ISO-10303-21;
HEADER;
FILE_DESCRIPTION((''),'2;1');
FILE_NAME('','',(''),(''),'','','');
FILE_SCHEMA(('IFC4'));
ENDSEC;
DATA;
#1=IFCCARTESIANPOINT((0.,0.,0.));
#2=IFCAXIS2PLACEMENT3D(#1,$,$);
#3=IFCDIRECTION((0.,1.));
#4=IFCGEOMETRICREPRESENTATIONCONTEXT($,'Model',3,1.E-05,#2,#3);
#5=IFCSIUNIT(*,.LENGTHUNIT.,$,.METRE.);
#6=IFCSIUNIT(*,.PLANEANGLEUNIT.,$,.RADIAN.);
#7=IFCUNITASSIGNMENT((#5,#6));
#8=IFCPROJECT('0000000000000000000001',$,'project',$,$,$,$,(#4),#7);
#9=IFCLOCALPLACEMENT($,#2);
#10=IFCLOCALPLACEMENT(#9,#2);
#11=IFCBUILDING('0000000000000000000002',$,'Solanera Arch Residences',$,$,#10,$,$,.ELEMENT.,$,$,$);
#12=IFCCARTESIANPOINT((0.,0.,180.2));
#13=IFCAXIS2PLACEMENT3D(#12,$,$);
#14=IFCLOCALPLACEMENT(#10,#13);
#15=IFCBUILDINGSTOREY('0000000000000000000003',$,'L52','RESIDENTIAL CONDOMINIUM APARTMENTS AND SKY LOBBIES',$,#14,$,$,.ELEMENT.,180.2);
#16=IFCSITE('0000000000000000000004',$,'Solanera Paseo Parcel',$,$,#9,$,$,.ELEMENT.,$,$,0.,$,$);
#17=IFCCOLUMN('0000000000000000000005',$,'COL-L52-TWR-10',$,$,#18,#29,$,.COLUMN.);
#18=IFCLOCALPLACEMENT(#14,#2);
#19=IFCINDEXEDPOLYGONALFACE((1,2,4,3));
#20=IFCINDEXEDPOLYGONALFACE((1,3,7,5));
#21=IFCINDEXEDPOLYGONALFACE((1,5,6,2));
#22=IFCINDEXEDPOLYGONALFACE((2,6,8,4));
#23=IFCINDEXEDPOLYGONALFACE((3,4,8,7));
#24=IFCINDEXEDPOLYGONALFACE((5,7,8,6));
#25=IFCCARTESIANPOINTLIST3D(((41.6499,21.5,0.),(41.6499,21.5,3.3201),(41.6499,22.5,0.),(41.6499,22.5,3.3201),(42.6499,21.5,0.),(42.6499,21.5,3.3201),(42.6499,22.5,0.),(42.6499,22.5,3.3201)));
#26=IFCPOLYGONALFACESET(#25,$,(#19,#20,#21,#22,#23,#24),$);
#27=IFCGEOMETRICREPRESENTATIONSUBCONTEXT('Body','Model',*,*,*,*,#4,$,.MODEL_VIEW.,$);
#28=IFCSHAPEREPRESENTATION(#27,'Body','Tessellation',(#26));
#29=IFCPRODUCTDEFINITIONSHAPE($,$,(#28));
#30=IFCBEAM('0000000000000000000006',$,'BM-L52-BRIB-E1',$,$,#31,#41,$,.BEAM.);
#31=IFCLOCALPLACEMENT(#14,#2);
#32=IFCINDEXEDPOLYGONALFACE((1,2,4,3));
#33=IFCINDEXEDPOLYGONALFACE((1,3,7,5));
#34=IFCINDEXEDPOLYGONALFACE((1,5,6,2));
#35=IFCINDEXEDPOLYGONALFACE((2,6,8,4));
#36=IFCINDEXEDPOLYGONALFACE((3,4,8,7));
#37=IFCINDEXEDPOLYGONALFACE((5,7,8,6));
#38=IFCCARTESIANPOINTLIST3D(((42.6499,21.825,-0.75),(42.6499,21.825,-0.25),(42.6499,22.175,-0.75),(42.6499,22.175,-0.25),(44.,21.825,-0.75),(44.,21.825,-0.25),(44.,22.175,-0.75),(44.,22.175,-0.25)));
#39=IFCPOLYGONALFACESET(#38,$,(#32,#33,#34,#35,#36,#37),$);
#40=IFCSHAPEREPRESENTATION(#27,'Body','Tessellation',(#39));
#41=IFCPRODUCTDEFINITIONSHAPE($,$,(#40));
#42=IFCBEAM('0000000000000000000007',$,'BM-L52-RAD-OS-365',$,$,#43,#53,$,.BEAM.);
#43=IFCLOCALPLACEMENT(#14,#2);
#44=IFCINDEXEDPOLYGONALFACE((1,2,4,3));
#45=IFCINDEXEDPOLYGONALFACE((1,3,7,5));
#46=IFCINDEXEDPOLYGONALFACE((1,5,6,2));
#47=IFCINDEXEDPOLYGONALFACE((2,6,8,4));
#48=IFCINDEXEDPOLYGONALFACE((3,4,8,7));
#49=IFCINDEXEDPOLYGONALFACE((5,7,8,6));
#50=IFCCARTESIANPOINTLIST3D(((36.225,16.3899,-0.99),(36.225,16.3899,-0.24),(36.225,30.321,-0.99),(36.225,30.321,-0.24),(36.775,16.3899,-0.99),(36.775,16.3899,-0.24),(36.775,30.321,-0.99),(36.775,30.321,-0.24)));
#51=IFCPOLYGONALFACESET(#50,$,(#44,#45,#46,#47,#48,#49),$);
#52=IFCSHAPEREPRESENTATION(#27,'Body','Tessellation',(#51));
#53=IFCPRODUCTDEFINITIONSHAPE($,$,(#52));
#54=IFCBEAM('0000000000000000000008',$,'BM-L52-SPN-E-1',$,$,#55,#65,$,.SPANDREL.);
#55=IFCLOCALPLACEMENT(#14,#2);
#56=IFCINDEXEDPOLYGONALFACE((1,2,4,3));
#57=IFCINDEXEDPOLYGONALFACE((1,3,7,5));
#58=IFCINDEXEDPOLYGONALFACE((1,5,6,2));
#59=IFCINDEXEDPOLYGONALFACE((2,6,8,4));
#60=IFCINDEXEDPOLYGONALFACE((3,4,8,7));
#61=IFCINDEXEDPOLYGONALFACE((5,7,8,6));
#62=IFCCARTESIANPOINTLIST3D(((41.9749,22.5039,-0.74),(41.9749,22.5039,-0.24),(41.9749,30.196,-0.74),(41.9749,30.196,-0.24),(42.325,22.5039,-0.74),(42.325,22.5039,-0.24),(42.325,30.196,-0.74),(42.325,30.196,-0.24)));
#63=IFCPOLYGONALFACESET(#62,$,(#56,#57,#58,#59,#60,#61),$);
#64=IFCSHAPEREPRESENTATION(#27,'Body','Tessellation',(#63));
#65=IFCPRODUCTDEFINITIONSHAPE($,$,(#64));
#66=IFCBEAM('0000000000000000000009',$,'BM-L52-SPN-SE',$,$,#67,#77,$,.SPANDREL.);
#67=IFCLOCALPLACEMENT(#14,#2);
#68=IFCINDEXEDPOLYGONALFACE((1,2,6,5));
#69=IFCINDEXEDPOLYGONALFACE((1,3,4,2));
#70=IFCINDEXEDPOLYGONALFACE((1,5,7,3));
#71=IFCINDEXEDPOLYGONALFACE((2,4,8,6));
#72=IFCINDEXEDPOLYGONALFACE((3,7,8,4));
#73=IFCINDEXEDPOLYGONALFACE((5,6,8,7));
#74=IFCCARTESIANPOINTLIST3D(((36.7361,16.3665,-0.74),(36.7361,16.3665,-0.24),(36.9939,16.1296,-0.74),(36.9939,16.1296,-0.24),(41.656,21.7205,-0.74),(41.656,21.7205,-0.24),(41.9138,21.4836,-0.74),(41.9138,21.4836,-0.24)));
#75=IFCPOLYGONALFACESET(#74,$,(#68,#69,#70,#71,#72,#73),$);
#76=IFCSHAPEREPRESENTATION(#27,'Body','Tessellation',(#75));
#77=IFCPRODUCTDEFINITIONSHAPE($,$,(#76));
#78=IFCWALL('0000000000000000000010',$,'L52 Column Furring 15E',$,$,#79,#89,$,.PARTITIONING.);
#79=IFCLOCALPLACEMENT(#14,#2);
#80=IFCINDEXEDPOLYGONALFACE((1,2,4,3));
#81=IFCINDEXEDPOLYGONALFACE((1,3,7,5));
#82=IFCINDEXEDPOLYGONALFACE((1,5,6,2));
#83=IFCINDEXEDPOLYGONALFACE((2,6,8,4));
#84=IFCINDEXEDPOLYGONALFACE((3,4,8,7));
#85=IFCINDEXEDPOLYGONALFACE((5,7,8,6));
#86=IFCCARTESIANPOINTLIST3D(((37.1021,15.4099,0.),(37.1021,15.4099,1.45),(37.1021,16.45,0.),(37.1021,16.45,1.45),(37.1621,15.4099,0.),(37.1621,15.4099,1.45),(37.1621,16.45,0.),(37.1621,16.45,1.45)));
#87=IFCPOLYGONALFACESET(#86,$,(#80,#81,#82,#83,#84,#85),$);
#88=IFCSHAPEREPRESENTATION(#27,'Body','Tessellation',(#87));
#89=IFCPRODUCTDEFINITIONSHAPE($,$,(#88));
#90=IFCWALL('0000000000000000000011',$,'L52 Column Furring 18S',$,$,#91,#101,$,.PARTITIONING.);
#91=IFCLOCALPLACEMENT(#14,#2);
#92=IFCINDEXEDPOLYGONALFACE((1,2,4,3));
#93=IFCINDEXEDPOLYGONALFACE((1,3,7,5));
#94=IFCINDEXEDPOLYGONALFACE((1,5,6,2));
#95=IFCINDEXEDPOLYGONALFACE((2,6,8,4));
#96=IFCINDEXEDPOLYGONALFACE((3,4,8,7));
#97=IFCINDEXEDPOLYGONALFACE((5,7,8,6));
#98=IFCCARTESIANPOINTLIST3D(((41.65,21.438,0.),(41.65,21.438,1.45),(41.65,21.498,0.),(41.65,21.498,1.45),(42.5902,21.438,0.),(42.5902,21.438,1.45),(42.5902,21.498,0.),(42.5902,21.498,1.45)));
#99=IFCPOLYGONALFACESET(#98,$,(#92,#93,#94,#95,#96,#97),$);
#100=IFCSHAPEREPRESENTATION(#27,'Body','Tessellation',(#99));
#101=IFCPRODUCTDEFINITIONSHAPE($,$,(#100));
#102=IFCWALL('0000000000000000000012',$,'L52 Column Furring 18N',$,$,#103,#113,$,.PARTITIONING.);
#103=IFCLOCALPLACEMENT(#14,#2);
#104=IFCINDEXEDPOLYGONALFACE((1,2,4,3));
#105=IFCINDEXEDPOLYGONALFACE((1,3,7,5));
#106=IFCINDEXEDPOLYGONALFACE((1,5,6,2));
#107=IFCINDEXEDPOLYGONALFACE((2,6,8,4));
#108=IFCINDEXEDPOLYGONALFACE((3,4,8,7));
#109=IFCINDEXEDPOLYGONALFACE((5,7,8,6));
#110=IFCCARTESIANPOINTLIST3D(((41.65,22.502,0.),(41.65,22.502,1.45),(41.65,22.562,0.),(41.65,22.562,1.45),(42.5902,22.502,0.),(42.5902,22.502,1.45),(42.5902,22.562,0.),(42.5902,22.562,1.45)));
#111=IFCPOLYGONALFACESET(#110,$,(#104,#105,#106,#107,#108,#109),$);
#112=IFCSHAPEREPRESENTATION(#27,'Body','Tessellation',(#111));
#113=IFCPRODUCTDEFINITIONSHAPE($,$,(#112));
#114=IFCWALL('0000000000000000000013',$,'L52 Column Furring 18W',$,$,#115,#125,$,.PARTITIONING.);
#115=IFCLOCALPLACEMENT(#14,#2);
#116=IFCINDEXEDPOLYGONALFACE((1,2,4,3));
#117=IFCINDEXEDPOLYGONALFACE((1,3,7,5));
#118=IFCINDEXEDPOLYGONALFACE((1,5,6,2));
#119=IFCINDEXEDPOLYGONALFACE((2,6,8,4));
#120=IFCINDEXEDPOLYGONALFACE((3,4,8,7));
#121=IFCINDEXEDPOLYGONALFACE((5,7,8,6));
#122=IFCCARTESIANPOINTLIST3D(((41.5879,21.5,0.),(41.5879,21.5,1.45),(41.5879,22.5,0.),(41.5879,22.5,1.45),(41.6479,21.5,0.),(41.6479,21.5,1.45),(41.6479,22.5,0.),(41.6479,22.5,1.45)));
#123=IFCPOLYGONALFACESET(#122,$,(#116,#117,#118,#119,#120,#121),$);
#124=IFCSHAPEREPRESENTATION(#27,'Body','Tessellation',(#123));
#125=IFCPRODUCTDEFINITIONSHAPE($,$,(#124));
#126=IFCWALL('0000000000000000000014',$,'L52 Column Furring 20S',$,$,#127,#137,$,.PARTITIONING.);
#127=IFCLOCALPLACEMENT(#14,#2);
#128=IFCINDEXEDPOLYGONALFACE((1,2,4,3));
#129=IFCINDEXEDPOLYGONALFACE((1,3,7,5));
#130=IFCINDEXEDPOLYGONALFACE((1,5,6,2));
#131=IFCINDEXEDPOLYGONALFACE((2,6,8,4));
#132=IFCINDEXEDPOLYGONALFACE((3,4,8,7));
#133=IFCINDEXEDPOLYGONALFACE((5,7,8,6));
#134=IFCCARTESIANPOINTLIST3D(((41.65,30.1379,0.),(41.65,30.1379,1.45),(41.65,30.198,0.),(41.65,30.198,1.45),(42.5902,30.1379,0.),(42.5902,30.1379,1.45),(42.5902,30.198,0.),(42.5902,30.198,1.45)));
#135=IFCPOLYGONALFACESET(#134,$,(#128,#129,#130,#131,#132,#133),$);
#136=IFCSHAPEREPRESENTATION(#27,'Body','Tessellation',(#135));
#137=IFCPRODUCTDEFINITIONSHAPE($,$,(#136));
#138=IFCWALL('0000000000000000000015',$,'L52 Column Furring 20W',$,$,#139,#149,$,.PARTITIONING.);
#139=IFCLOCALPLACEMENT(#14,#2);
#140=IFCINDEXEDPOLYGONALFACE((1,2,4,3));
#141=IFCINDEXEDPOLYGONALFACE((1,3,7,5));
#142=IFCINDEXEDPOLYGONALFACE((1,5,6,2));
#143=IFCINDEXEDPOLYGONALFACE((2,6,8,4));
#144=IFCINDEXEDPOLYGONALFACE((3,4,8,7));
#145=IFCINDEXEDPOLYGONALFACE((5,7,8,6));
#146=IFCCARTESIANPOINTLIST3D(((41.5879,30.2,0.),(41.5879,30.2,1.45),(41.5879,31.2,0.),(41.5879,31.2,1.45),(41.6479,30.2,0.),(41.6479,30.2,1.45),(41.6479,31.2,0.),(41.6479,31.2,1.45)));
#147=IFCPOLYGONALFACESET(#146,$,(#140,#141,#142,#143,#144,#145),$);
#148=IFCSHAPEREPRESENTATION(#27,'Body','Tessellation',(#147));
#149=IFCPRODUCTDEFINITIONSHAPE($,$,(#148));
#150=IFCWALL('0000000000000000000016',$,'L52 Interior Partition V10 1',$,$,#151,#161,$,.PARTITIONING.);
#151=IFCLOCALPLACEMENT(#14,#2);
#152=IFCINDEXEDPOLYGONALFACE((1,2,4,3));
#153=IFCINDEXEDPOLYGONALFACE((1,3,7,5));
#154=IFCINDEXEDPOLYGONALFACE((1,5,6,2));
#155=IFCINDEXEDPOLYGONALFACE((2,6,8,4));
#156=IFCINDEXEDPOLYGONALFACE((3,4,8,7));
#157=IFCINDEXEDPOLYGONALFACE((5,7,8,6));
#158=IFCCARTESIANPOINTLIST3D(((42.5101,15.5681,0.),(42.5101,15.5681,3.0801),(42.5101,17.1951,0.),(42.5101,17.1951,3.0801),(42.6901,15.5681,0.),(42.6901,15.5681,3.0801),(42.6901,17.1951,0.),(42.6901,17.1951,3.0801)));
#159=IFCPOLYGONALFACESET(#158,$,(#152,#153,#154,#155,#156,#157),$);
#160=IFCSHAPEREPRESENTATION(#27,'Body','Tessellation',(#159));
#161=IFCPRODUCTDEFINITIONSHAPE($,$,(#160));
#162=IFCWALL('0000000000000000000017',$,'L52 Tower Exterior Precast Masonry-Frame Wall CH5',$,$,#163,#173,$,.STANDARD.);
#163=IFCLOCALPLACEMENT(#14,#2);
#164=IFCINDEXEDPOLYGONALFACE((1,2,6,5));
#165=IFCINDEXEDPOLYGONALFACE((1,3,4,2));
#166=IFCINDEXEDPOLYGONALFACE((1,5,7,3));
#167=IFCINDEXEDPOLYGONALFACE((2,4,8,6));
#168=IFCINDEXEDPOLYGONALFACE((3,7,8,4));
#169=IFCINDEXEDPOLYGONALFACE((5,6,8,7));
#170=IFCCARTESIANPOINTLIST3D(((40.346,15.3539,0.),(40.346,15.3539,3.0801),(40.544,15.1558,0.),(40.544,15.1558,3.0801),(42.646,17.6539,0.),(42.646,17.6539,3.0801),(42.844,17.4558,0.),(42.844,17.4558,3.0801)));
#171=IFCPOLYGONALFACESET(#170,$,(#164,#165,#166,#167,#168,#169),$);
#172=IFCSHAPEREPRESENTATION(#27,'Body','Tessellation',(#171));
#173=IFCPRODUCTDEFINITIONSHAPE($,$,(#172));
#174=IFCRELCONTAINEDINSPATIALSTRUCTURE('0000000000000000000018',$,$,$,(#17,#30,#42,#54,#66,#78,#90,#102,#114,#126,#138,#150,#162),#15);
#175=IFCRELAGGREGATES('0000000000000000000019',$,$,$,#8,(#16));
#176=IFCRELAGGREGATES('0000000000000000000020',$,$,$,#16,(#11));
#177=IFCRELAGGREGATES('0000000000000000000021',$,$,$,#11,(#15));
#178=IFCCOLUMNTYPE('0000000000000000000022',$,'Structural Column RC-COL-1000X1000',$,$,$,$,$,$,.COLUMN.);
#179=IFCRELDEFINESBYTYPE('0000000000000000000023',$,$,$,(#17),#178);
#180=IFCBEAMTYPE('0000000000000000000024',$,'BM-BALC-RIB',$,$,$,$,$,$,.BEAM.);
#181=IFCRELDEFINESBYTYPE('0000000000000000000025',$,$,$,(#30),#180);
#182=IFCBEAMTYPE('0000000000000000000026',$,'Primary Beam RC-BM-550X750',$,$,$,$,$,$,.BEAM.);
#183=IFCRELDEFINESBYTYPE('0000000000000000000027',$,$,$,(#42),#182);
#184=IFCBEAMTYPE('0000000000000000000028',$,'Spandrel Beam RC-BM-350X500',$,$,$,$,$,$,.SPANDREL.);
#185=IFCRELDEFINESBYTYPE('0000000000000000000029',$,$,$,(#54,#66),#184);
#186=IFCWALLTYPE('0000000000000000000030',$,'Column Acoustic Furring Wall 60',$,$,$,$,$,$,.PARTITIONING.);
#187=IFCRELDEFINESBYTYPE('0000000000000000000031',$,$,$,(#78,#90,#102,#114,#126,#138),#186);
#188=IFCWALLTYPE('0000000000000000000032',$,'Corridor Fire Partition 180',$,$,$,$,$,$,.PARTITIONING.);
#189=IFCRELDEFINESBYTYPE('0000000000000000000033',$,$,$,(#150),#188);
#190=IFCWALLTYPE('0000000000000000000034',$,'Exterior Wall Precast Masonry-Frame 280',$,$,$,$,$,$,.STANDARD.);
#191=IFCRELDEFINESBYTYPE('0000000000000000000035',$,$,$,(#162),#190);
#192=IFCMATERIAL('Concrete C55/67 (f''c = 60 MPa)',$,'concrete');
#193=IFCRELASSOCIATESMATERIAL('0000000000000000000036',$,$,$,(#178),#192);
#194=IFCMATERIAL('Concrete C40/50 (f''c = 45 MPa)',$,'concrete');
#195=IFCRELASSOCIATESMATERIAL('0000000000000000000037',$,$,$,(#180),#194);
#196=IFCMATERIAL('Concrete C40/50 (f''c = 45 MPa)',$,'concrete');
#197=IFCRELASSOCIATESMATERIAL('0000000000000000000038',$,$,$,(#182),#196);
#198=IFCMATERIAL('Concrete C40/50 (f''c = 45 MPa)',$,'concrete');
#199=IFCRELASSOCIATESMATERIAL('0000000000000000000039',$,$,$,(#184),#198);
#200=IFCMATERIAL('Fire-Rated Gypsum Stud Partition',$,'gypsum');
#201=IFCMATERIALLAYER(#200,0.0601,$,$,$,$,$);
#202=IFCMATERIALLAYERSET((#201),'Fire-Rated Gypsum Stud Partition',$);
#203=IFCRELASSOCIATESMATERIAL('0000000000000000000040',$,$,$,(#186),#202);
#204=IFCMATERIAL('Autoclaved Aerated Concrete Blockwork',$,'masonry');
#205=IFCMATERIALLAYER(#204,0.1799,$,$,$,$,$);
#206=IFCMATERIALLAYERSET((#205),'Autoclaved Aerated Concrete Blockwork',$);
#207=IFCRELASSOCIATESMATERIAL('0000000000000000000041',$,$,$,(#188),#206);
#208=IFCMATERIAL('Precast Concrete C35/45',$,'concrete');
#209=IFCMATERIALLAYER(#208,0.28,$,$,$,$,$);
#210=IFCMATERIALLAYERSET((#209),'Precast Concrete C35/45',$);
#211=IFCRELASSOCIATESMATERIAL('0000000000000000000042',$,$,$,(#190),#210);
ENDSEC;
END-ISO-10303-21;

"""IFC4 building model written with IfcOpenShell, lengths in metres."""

from ifc_helpers import new_model, si_unit, direction, frame, frame_2d, origin, origin_2d, place, context, subcontext, project, spatial, rectangle, extrude, material, layer, layer_set, material_profile, profile_set, type_object, element, save


model = new_model("IFC4")

# Units and contexts
model_context = context("Model", 3, precision=1e-05, world=origin(), true_north=direction((0.0, 1.0)))
body_context = subcontext(model_context, "Body", "Model", "MODEL_VIEW")
ifc_project = project(units=[si_unit("LENGTHUNIT", "METRE"), si_unit("PLANEANGLEUNIT", "RADIAN")], contexts=[model_context])

# Site, building, storey
site_placement = place(None, origin())
site = spatial("IfcSite", under=ifc_project, at=site_placement, Name="Solanera Paseo Parcel", CompositionType="ELEMENT", RefElevation=0.0)
building_placement = place(site_placement, origin())
building = spatial("IfcBuilding", under=site, at=building_placement, Name="Solanera Arch Residences", CompositionType="ELEMENT")
storey_placement = place(building_placement, frame((0.0, 0.0, 180.2)))
storey = spatial("IfcBuildingStorey", under=building, at=storey_placement, Name="L52", Description="RESIDENTIAL CONDOMINIUM APARTMENTS AND SKY LOBBIES", CompositionType="ELEMENT", Elevation=180.2)

# Column
ifc_material_1 = material(Name="Concrete C55/67 (f'c = 60 MPa)", Category="concrete")
ifc_material_profile_1 = material_profile(ifc_material_1, rectangle(XDim=1.0, YDim=1.0, at=origin_2d()))
ifc_profile_set_1 = profile_set([ifc_material_profile_1], Name="Concrete C55/67 (f'c = 60 MPa)")
column_type = type_object("IfcColumnType", Name="Structural Column RC-COL-1000X1000", PredefinedType="COLUMN", material=ifc_profile_set_1)
column_placement = place(storey_placement, frame((42.1499, 22.0, 0.0), z_axis=(0.0, 0.0, 1.0), x_axis=(1.0, 0.0, 0.0)))
element("IfcColumn", 1, at=column_placement, inside=storey, type_object=column_type, Name="COL-L52-TWR-10", PredefinedType="COLUMN", context=body_context, shape_type="SweptSolid", body=[
    extrude(rectangle(XDim=1.0, YDim=1.0, at=origin_2d()), origin(), (0.0, 0.0, 1.0), 3.3201),
])

# Beams
ifc_material_2 = material(Name="Concrete C40/50 (f'c = 45 MPa)", Category="concrete")
ifc_material_profile_2 = material_profile(ifc_material_2, rectangle(XDim=0.3501, YDim=0.5, at=origin_2d()))
ifc_profile_set_2 = profile_set([ifc_material_profile_2], Name="Concrete C40/50 (f'c = 45 MPa)")
beam_type_1 = type_object("IfcBeamType", Name="BM-BALC-RIB", PredefinedType="BEAM", material=ifc_profile_set_2)
beam_1_placement = place(storey_placement, frame((42.6499, 22.0, -0.5), z_axis=(1.0, 0.0, 0.0), x_axis=(0.0, 1.0, 0.0)))
element("IfcBeam", 2, at=beam_1_placement, inside=storey, type_object=beam_type_1, Name="BM-L52-BRIB-E1", PredefinedType="BEAM", context=body_context, shape_type="SweptSolid", body=[
    extrude(rectangle(XDim=0.3501, YDim=0.5, at=origin_2d()), origin(), (0.0, 0.0, 1.0), 1.3501),
])
ifc_material_3 = material(Name="Concrete C40/50 (f'c = 45 MPa)", Category="concrete")
ifc_material_profile_3 = material_profile(ifc_material_3, rectangle(XDim=0.55, YDim=0.75, at=origin_2d()))
ifc_profile_set_3 = profile_set([ifc_material_profile_3], Name="Concrete C40/50 (f'c = 45 MPa)")
beam_type_2 = type_object("IfcBeamType", Name="Primary Beam RC-BM-550X750", PredefinedType="BEAM", material=ifc_profile_set_3)
beam_2_placement = place(storey_placement, frame((36.5, 16.3899, -0.615), z_axis=(0.0, 1.0, 0.0), x_axis=(-1.0, 0.0, 0.0)))
element("IfcBeam", 3, at=beam_2_placement, inside=storey, type_object=beam_type_2, Name="BM-L52-RAD-OS-365", PredefinedType="BEAM", context=body_context, shape_type="SweptSolid", body=[
    extrude(rectangle(XDim=0.55, YDim=0.75, at=origin_2d()), origin(), (0.0, 0.0, 1.0), 13.9312),
])
ifc_material_4 = material(Name="Concrete C40/50 (f'c = 45 MPa)", Category="concrete")
ifc_material_profile_4 = material_profile(ifc_material_4, rectangle(XDim=0.3501, YDim=0.5, at=origin_2d()))
ifc_profile_set_4 = profile_set([ifc_material_profile_4], Name="Concrete C40/50 (f'c = 45 MPa)")
beam_type_3 = type_object("IfcBeamType", Name="Spandrel Beam RC-BM-350X500", PredefinedType="SPANDREL", material=ifc_profile_set_4)
beam_3_placement = place(storey_placement, frame((42.1499, 22.5039, -0.49), z_axis=(0.0, 1.0, 0.0), x_axis=(-1.0, 0.0, 0.0)))
element("IfcBeam", 4, at=beam_3_placement, inside=storey, type_object=beam_type_3, Name="BM-L52-SPN-E-1", PredefinedType="SPANDREL", context=body_context, shape_type="SweptSolid", body=[
    extrude(rectangle(XDim=0.3501, YDim=0.5, at=origin_2d()), origin(), (0.0, 0.0, 1.0), 7.6921),
])
beam_4_placement = place(storey_placement, frame((36.865, 16.248, -0.49), z_axis=(0.676627, 0.736326, 0.0), x_axis=(-0.736326, 0.676627, 0.0)))
element("IfcBeam", 5, at=beam_4_placement, inside=storey, type_object=beam_type_3, Name="BM-L52-SPN-SE", PredefinedType="SPANDREL", context=body_context, shape_type="SweptSolid", body=[
    extrude(rectangle(XDim=0.3501, YDim=0.5, at=origin_2d()), origin(), (0.0, 0.0, 1.0), 7.2712),
])

# Walls
ifc_material_5 = material(Name="Fire-Rated Gypsum Stud Partition", Category="gypsum")
ifc_layer_1 = layer(ifc_material_5, 0.0601)
ifc_layer_set_1 = layer_set([ifc_layer_1], Name="Fire-Rated Gypsum Stud Partition")
wall_type_1 = type_object("IfcWallType", Name="Column Acoustic Furring Wall 60", PredefinedType="PARTITIONING", material=ifc_layer_set_1)
wall_1_placement = place(storey_placement, frame((37.1321, 15.4099, 0.0), z_axis=(0.0, 0.0, 1.0), x_axis=(0.0, 1.0, 0.0)))
element("IfcWall", 6, at=wall_1_placement, inside=storey, type_object=wall_type_1, Name="L52 Column Furring 15E", PredefinedType="PARTITIONING", context=body_context, shape_type="SweptSolid", body=[
    extrude(rectangle(XDim=1.04, YDim=0.0601, at=frame_2d((0.52, 0.0))), origin(), (0.0, 0.0, 1.0), 1.45),
])
for number, where, z_axis, x_axis, name in (
    (7, (41.6499, 21.468, 0.0), (0.0, 0.0, 1.0), (1.0, 0.0, 0.0), "L52 Column Furring 18S"),
    (8, (41.6499, 22.532, 0.0), (0.0, 0.0, 1.0), (1.0, 0.0, 0.0), "L52 Column Furring 18N"),
):
    element("IfcWall", number, at=place(storey_placement, frame(where, z_axis=z_axis, x_axis=x_axis)), inside=storey, type_object=wall_type_1, Name=name, PredefinedType="PARTITIONING", context=body_context, shape_type="SweptSolid", body=[
        extrude(rectangle(XDim=0.9402, YDim=0.0601, at=frame_2d((0.4702, 0.0))), origin(), (0.0, 0.0, 1.0), 1.45),
    ])
wall_2_placement = place(storey_placement, frame((41.6179, 21.5, 0.0), z_axis=(0.0, 0.0, 1.0), x_axis=(0.0, 1.0, 0.0)))
element("IfcWall", 9, at=wall_2_placement, inside=storey, type_object=wall_type_1, Name="L52 Column Furring 18W", PredefinedType="PARTITIONING", context=body_context, shape_type="SweptSolid", body=[
    extrude(rectangle(XDim=1.0, YDim=0.0601, at=frame_2d((0.5, 0.0))), origin(), (0.0, 0.0, 1.0), 1.45),
])
wall_3_placement = place(storey_placement, frame((41.6499, 30.168, 0.0), z_axis=(0.0, 0.0, 1.0), x_axis=(1.0, 0.0, 0.0)))
element("IfcWall", 10, at=wall_3_placement, inside=storey, type_object=wall_type_1, Name="L52 Column Furring 20S", PredefinedType="PARTITIONING", context=body_context, shape_type="SweptSolid", body=[
    extrude(rectangle(XDim=0.9402, YDim=0.0601, at=frame_2d((0.4702, 0.0))), origin(), (0.0, 0.0, 1.0), 1.45),
])
wall_4_placement = place(storey_placement, frame((41.6179, 30.2, 0.0), z_axis=(0.0, 0.0, 1.0), x_axis=(0.0, 1.0, 0.0)))
element("IfcWall", 11, at=wall_4_placement, inside=storey, type_object=wall_type_1, Name="L52 Column Furring 20W", PredefinedType="PARTITIONING", context=body_context, shape_type="SweptSolid", body=[
    extrude(rectangle(XDim=1.0, YDim=0.0601, at=frame_2d((0.5, 0.0))), origin(), (0.0, 0.0, 1.0), 1.45),
])
ifc_material_6 = material(Name="Autoclaved Aerated Concrete Blockwork", Category="masonry")
ifc_layer_2 = layer(ifc_material_6, 0.1799)
ifc_layer_set_2 = layer_set([ifc_layer_2], Name="Autoclaved Aerated Concrete Blockwork")
wall_type_2 = type_object("IfcWallType", Name="Corridor Fire Partition 180", PredefinedType="PARTITIONING", material=ifc_layer_set_2)
wall_5_placement = place(storey_placement, frame((42.6001, 15.5681, 0.0), z_axis=(0.0, 0.0, 1.0), x_axis=(0.0, 1.0, 0.0)))
element("IfcWall", 12, at=wall_5_placement, inside=storey, type_object=wall_type_2, Name="L52 Interior Partition V10 1", PredefinedType="PARTITIONING", context=body_context, shape_type="SweptSolid", body=[
    extrude(rectangle(XDim=1.627, YDim=0.1799, at=frame_2d((0.8135, 0.0))), origin(), (0.0, 0.0, 1.0), 3.0801),
])
ifc_material_7 = material(Name="Precast Concrete C35/45", Category="concrete")
ifc_layer_3 = layer(ifc_material_7, 0.28)
ifc_layer_set_3 = layer_set([ifc_layer_3], Name="Precast Concrete C35/45")
wall_type_3 = type_object("IfcWallType", Name="Exterior Wall Precast Masonry-Frame 280", PredefinedType="STANDARD", material=ifc_layer_set_3)
wall_6_placement = place(storey_placement, frame((42.7451, 17.5549, 0.0), z_axis=(0.0, 0.0, 1.0), x_axis=(-0.707107, -0.707107, 0.0)))
element("IfcWall", 13, at=wall_6_placement, inside=storey, type_object=wall_type_3, Name="L52 Tower Exterior Precast Masonry-Frame Wall CH5", PredefinedType="STANDARD", context=body_context, shape_type="SweptSolid", body=[
    extrude(rectangle(XDim=3.2527, YDim=0.28, at=frame_2d((1.6265, 0.0))), origin(), (0.0, 0.0, 1.0), 3.0801),
])

save(model, "model.ifc")
